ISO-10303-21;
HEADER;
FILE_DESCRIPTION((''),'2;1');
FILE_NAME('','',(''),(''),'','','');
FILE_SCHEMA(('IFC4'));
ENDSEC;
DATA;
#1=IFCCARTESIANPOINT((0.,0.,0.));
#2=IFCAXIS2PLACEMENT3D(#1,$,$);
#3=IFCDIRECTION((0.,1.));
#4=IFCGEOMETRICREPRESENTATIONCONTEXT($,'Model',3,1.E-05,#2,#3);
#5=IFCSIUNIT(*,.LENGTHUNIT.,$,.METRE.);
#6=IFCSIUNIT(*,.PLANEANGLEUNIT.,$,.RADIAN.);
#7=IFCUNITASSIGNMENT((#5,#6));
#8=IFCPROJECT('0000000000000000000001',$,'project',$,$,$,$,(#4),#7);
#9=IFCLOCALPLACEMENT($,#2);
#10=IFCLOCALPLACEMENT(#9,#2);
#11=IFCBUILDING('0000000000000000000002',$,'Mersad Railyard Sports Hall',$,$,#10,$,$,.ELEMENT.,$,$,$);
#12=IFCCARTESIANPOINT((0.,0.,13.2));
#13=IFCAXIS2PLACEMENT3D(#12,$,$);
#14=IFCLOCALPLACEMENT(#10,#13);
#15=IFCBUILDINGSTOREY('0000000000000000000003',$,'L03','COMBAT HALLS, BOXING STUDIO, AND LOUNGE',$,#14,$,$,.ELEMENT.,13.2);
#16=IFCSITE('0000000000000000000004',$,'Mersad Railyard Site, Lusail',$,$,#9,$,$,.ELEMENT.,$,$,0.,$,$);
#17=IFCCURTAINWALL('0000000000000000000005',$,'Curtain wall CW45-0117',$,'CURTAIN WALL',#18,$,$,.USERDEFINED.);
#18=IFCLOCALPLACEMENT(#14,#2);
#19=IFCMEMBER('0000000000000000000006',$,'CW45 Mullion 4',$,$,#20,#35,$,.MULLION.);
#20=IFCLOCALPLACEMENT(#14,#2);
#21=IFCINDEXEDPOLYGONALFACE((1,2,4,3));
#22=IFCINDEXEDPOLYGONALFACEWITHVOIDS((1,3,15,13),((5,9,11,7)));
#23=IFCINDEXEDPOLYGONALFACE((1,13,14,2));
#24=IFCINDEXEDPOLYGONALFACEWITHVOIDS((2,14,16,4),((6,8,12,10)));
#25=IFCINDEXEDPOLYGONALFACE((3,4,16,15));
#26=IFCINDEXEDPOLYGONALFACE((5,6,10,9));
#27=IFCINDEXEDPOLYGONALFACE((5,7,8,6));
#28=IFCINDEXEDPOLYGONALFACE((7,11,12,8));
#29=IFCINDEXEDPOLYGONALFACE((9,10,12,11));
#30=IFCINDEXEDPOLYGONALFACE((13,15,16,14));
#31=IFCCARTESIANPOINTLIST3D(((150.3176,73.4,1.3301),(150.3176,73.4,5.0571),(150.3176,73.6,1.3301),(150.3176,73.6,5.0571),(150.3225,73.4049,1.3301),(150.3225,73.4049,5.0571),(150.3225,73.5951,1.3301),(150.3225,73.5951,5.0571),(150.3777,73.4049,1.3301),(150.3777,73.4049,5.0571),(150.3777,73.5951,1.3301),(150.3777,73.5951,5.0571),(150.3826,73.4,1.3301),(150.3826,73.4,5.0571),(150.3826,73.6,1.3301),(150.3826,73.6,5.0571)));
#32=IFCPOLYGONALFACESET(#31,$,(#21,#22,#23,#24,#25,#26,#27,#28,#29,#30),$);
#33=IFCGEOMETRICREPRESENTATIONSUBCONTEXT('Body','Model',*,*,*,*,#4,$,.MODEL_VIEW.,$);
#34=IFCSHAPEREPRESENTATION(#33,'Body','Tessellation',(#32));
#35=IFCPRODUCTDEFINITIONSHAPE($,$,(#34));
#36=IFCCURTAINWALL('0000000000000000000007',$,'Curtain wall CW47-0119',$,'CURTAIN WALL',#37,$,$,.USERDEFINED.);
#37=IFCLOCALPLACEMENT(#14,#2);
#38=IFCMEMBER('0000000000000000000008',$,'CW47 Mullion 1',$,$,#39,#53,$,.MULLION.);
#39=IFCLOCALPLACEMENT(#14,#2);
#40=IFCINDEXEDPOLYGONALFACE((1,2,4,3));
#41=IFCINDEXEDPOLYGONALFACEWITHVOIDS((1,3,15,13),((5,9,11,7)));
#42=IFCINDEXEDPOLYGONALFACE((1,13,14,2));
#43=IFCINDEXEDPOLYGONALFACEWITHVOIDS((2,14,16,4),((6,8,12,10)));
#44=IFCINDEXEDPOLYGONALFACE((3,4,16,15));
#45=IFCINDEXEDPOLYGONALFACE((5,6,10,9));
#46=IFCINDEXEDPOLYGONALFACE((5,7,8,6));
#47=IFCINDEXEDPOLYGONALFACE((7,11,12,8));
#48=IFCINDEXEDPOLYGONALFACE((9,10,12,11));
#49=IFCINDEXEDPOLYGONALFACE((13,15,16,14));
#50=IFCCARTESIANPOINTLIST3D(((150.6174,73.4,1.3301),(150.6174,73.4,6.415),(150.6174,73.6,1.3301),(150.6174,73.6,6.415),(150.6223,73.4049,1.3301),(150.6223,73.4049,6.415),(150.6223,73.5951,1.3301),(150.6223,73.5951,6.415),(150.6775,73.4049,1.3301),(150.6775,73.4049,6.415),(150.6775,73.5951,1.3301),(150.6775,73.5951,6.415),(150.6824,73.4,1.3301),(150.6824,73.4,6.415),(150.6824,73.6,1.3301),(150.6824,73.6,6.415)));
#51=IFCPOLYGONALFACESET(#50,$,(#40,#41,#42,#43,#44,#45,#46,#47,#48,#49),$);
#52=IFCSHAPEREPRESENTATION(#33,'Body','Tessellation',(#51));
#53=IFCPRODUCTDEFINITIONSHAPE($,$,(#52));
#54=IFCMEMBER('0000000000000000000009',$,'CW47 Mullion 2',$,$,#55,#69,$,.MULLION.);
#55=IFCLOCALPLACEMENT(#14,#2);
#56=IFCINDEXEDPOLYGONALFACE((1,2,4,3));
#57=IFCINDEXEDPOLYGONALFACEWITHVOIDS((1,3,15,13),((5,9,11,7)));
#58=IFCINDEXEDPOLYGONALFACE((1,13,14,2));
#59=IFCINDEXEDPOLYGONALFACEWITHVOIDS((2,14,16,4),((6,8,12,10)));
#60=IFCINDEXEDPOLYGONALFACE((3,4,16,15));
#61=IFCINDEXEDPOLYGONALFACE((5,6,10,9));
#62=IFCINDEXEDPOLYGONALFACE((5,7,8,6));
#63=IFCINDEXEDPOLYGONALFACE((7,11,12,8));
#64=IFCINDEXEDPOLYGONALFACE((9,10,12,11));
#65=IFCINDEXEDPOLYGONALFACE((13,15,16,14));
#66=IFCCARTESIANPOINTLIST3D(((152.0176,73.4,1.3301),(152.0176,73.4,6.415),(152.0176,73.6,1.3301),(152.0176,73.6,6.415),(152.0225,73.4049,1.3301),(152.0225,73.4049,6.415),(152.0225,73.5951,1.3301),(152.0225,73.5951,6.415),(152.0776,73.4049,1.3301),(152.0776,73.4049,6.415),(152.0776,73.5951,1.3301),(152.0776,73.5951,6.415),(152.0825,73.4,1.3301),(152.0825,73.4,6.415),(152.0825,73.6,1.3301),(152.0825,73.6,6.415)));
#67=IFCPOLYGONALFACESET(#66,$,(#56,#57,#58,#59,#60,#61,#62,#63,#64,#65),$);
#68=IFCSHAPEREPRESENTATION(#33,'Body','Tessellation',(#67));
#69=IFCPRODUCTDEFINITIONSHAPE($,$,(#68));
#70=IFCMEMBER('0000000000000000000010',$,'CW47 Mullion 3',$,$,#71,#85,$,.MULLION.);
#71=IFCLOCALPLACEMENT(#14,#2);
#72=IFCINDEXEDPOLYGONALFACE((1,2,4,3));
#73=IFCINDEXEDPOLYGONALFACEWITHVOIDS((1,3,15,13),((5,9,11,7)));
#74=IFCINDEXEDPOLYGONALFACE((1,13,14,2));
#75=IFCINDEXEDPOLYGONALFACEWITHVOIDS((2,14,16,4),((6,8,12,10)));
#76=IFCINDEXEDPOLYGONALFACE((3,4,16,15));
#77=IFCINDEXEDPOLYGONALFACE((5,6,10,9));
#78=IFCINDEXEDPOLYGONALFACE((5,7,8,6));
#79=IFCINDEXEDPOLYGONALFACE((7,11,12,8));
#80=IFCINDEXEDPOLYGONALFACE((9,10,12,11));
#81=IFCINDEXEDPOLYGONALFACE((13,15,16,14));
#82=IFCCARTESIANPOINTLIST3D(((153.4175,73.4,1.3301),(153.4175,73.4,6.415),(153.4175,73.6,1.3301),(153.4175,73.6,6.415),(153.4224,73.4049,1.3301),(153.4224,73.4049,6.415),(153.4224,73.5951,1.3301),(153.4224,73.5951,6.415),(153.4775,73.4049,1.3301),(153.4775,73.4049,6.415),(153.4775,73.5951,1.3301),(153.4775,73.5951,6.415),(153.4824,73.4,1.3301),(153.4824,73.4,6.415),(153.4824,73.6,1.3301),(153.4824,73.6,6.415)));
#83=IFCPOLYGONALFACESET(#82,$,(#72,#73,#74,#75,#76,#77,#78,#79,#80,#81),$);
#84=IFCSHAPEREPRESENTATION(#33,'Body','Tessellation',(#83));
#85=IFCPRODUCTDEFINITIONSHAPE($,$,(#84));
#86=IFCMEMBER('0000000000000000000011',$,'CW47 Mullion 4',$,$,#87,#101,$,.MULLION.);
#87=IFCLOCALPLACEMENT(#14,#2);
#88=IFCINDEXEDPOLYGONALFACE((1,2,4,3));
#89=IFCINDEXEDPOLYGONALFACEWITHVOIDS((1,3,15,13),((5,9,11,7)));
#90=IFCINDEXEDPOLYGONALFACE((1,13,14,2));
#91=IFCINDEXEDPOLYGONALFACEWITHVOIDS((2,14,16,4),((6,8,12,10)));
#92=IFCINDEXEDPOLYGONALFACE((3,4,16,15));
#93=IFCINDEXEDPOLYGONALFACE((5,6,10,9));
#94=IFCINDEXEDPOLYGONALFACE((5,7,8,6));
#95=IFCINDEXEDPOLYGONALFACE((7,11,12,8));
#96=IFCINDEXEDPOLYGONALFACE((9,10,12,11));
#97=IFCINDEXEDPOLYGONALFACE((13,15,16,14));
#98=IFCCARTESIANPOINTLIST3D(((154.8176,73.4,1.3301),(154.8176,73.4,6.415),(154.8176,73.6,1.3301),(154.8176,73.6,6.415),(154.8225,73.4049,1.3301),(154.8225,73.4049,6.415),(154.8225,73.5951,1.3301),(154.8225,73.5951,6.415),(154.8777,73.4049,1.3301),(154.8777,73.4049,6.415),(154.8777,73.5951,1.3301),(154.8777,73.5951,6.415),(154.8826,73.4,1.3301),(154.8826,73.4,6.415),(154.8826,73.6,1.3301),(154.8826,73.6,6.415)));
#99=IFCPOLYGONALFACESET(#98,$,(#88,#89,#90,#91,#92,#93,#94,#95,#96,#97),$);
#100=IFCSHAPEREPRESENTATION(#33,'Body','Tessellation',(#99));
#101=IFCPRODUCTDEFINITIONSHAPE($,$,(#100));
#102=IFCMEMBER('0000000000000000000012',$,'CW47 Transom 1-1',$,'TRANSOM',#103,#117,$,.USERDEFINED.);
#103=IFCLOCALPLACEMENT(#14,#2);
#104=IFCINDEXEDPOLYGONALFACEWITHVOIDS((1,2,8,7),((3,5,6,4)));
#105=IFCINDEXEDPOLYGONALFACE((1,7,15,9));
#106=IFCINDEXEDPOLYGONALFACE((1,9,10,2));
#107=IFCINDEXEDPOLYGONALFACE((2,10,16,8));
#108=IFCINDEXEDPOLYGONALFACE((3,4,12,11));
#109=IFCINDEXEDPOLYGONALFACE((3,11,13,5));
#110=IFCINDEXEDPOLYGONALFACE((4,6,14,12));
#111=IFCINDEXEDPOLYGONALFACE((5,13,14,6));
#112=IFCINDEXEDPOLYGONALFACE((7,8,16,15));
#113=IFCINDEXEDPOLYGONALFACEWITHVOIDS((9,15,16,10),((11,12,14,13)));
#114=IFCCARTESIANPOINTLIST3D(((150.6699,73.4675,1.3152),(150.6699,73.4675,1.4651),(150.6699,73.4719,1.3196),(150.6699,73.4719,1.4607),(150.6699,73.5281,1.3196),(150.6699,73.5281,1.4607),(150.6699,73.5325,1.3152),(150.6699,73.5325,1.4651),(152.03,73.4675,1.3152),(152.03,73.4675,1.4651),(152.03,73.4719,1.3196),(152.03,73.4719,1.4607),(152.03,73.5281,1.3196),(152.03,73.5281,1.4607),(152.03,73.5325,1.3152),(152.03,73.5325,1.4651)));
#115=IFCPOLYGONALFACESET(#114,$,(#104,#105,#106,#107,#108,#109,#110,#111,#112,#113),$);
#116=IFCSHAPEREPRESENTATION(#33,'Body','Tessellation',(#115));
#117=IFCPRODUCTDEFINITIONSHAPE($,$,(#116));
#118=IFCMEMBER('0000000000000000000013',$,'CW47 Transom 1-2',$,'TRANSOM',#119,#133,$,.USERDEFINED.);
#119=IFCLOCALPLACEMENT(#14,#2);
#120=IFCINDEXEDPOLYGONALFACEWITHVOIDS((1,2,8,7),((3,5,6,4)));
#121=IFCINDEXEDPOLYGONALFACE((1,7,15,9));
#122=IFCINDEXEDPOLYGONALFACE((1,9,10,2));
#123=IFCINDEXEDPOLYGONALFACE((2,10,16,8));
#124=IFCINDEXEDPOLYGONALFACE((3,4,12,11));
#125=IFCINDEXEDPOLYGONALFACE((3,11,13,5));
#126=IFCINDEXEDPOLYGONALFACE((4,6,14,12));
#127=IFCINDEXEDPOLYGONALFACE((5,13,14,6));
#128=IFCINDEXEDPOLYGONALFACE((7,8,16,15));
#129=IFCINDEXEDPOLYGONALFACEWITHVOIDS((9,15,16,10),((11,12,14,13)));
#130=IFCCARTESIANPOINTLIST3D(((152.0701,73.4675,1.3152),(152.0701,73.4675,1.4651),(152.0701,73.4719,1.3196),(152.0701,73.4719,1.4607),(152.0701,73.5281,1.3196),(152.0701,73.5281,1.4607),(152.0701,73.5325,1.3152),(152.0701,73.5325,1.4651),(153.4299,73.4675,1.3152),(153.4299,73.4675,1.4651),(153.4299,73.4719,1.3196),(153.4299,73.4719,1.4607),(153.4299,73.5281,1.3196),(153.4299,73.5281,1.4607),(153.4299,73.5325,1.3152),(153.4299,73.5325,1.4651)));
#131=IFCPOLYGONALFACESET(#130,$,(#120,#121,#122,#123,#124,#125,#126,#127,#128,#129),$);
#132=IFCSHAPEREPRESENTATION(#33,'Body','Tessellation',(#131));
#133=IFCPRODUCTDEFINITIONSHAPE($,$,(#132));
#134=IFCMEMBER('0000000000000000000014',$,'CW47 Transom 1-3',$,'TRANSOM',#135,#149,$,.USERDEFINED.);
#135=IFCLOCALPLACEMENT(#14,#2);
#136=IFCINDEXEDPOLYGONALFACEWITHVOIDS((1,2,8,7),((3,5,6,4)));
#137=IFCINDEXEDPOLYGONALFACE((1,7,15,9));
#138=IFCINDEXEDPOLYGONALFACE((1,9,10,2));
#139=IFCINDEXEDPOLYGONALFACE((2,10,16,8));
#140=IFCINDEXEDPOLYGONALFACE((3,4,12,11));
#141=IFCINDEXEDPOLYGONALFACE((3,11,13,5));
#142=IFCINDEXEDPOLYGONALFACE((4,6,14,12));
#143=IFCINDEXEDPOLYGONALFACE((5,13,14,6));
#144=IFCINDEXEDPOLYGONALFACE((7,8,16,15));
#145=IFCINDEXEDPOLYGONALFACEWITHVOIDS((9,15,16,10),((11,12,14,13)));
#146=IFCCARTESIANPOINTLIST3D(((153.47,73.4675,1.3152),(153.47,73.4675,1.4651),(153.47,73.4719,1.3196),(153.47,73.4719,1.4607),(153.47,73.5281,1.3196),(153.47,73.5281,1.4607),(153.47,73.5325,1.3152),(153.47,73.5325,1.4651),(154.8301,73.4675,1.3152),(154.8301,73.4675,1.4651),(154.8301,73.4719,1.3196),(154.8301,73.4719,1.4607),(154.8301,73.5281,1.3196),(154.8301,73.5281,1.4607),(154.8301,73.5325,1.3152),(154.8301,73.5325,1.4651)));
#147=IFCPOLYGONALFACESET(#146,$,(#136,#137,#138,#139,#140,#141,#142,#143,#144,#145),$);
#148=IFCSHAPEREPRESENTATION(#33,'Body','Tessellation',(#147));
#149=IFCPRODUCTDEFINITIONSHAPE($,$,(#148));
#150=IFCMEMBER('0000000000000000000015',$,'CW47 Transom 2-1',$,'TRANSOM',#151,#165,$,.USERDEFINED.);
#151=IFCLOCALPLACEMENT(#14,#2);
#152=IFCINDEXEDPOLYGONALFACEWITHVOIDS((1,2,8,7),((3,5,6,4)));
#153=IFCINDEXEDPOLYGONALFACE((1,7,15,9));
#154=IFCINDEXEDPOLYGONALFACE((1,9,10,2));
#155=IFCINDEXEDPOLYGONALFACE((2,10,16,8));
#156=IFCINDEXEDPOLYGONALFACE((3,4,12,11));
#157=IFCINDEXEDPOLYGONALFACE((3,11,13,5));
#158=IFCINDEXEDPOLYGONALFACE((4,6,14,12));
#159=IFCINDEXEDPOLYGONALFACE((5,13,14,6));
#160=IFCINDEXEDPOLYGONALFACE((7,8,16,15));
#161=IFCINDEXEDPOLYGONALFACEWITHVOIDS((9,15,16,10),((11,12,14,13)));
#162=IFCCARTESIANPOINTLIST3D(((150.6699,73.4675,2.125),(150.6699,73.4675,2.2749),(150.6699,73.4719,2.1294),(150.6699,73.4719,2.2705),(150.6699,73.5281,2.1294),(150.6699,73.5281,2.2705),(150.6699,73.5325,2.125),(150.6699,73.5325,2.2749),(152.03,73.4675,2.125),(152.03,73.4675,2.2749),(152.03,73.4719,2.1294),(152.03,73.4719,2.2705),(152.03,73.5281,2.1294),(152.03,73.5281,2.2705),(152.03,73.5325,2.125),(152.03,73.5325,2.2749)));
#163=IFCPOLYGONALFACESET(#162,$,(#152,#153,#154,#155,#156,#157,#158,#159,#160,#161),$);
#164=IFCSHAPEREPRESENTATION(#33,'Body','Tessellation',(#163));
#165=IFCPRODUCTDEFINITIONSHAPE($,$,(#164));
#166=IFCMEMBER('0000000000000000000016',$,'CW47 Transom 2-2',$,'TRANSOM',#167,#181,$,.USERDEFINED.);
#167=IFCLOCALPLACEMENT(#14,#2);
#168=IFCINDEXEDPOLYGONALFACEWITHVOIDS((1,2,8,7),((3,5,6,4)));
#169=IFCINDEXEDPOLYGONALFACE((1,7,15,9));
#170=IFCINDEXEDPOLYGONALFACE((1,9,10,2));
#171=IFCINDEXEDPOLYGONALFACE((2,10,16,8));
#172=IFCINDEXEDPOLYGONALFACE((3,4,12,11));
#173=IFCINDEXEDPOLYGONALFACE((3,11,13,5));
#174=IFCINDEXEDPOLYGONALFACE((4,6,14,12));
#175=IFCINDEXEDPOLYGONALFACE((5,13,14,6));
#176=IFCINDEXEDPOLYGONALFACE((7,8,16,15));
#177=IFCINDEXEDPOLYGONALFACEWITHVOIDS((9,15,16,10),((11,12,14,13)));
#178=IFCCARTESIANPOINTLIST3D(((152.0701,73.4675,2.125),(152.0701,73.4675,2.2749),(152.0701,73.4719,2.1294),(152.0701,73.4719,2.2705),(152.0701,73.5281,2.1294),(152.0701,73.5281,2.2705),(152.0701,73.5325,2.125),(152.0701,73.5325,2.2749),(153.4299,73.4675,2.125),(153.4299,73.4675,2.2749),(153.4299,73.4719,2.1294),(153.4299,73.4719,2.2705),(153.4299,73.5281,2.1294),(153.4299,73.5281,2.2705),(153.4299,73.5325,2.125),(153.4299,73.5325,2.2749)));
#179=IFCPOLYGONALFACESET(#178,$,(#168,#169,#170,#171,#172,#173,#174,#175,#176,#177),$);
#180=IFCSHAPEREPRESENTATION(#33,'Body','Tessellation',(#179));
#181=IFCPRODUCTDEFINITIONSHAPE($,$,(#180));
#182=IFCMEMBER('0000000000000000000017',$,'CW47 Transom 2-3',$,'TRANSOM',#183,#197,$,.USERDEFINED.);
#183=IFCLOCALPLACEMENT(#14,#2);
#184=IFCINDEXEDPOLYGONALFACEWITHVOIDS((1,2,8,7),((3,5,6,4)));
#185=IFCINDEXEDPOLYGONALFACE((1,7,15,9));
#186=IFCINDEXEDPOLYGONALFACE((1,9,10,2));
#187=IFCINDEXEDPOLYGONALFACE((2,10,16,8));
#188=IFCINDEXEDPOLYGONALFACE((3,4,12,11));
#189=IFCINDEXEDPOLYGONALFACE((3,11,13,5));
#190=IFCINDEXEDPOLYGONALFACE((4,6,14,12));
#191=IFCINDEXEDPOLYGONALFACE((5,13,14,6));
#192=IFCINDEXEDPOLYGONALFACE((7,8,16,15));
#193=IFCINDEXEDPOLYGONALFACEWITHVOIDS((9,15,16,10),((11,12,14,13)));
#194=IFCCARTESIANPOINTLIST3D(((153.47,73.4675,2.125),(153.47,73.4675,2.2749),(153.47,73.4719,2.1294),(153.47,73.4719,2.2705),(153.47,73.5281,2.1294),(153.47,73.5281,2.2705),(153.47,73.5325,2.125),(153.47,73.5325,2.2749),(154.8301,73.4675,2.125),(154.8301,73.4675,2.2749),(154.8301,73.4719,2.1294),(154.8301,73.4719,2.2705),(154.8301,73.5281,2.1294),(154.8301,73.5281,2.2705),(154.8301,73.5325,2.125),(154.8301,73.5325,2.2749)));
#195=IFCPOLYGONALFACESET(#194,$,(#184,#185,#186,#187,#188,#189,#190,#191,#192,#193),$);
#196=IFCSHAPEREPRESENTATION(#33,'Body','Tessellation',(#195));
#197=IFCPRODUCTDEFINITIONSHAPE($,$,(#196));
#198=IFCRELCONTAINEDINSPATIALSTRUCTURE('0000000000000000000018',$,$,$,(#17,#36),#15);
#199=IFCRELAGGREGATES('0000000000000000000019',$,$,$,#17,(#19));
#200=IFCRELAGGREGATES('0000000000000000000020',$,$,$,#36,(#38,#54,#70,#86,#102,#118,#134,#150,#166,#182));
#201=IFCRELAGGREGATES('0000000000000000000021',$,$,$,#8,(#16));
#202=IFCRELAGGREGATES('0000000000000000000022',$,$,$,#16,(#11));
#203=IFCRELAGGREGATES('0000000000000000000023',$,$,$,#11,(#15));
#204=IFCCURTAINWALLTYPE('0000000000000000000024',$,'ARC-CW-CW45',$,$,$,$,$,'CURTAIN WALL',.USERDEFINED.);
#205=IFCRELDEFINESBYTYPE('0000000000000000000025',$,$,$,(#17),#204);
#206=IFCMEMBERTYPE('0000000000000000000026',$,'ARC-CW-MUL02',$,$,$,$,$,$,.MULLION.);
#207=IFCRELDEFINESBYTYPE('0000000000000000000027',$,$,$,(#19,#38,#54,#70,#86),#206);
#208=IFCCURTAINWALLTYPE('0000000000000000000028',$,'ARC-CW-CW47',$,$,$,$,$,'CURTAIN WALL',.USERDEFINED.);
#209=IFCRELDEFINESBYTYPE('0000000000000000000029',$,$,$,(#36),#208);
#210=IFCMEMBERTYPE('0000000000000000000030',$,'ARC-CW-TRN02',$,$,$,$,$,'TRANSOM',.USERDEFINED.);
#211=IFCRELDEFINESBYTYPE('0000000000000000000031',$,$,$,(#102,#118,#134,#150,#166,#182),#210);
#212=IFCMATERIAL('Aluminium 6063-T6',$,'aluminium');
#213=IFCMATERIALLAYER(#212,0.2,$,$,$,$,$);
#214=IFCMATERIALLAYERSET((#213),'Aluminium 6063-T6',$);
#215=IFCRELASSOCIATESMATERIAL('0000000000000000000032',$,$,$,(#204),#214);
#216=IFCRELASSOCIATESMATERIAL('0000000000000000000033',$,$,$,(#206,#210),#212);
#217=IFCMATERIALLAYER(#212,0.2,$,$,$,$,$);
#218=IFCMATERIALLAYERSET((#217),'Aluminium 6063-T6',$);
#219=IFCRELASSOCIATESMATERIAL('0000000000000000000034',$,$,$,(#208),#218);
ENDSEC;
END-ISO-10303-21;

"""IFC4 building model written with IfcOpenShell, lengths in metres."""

from ifc_helpers import new_model, si_unit, direction, frame, origin, origin_2d, place, context, subcontext, project, spatial, hollow_rectangle, extrude, material, layer, layer_set, material_profile, profile_set, type_object, element, aggregate, save


model = new_model("IFC4")

# Units and contexts
model_context = context("Model", 3, precision=1e-05, world=origin(), true_north=direction((0.0, 1.0)))
body_context = subcontext(model_context, "Body", "Model", "MODEL_VIEW")
ifc_project = project(units=[si_unit("LENGTHUNIT", "METRE"), si_unit("PLANEANGLEUNIT", "RADIAN")], contexts=[model_context])

# Site, building, storey
site_placement = place(None, origin())
site = spatial("IfcSite", under=ifc_project, at=site_placement, Name="Mersad Railyard Site, Lusail", CompositionType="ELEMENT", RefElevation=0.0)
building_placement = place(site_placement, origin())
building = spatial("IfcBuilding", under=site, at=building_placement, Name="Mersad Railyard Sports Hall", CompositionType="ELEMENT")
storey_placement = place(building_placement, frame((0.0, 0.0, 13.2)))
storey = spatial("IfcBuildingStorey", under=building, at=storey_placement, Name="L03", Description="COMBAT HALLS, BOXING STUDIO, AND LOUNGE", CompositionType="ELEMENT", Elevation=13.2)

# Curtain wall, member
ifc_material_1 = material(Name="Aluminium 6063-T6", Category="aluminium")
ifc_layer_1 = layer(ifc_material_1, 0.2)
ifc_layer_set_1 = layer_set([ifc_layer_1], Name="Aluminium 6063-T6")
curtain_wall_type_1 = type_object("IfcCurtainWallType", Name="ARC-CW-CW45", ElementType="CURTAIN WALL", PredefinedType="USERDEFINED", material=ifc_layer_set_1)
curtain_wall_1_placement = place(storey_placement, origin())
curtain_wall_1 = element("IfcCurtainWall", 1, at=curtain_wall_1_placement, inside=storey, type_object=curtain_wall_type_1, Name="Curtain wall CW45-0117", ObjectType="CURTAIN WALL", PredefinedType="USERDEFINED")
ifc_material_profile_1 = material_profile(ifc_material_1, hollow_rectangle(XDim=0.0649, YDim=0.2, WallThickness=0.0049, at=origin_2d()), Name="AL MULLION 65x200x5")
ifc_profile_set_1 = profile_set([ifc_material_profile_1], Name="Aluminium 6063-T6")
member_type_1 = type_object("IfcMemberType", Name="ARC-CW-MUL02", PredefinedType="MULLION", material=ifc_profile_set_1)
member_1_placement = place(storey_placement, frame((150.3501, 73.5, 1.3301), z_axis=(0.0, 0.0, 1.0), x_axis=(1.0, 0.0, 0.0)))
member_1 = element("IfcMember", 2, at=member_1_placement, type_object=member_type_1, Name="CW45 Mullion 4", PredefinedType="MULLION", context=body_context, shape_type="SweptSolid", body=[
    extrude(hollow_rectangle(XDim=0.0649, YDim=0.2, WallThickness=0.0049, at=origin_2d()), origin(), (0.0, 0.0, 1.0), 3.7271),
])

# Curtain wall, members
ifc_layer_2 = layer(ifc_material_1, 0.2)
ifc_layer_set_2 = layer_set([ifc_layer_2], Name="Aluminium 6063-T6")
curtain_wall_type_2 = type_object("IfcCurtainWallType", Name="ARC-CW-CW47", ElementType="CURTAIN WALL", PredefinedType="USERDEFINED", material=ifc_layer_set_2)
curtain_wall_2_placement = place(storey_placement, origin())
curtain_wall_2 = element("IfcCurtainWall", 3, at=curtain_wall_2_placement, inside=storey, type_object=curtain_wall_type_2, Name="Curtain wall CW47-0119", ObjectType="CURTAIN WALL", PredefinedType="USERDEFINED")
member_2_placement = place(storey_placement, frame((150.6499, 73.5, 1.3301), z_axis=(0.0, 0.0, 1.0), x_axis=(1.0, 0.0, 0.0)))
member_2 = element("IfcMember", 4, at=member_2_placement, type_object=member_type_1, Name="CW47 Mullion 1", PredefinedType="MULLION", context=body_context, shape_type="SweptSolid", body=[
    extrude(hollow_rectangle(XDim=0.0649, YDim=0.2, WallThickness=0.0049, at=origin_2d()), origin(), (0.0, 0.0, 1.0), 5.085),
])
member_3_placement = place(storey_placement, frame((152.05, 73.5, 1.3301), z_axis=(0.0, 0.0, 1.0), x_axis=(1.0, 0.0, 0.0)))
member_3 = element("IfcMember", 5, at=member_3_placement, type_object=member_type_1, Name="CW47 Mullion 2", PredefinedType="MULLION", context=body_context, shape_type="SweptSolid", body=[
    extrude(hollow_rectangle(XDim=0.0649, YDim=0.2, WallThickness=0.0049, at=origin_2d()), origin(), (0.0, 0.0, 1.0), 5.085),
])
member_4_placement = place(storey_placement, frame((153.45, 73.5, 1.3301), z_axis=(0.0, 0.0, 1.0), x_axis=(1.0, 0.0, 0.0)))
member_4 = element("IfcMember", 6, at=member_4_placement, type_object=member_type_1, Name="CW47 Mullion 3", PredefinedType="MULLION", context=body_context, shape_type="SweptSolid", body=[
    extrude(hollow_rectangle(XDim=0.0649, YDim=0.2, WallThickness=0.0049, at=origin_2d()), origin(), (0.0, 0.0, 1.0), 5.085),
])
member_5_placement = place(storey_placement, frame((154.8501, 73.5, 1.3301), z_axis=(0.0, 0.0, 1.0), x_axis=(1.0, 0.0, 0.0)))
member_5 = element("IfcMember", 7, at=member_5_placement, type_object=member_type_1, Name="CW47 Mullion 4", PredefinedType="MULLION", context=body_context, shape_type="SweptSolid", body=[
    extrude(hollow_rectangle(XDim=0.0649, YDim=0.2, WallThickness=0.0049, at=origin_2d()), origin(), (0.0, 0.0, 1.0), 5.085),
])
ifc_material_profile_2 = material_profile(ifc_material_1, hollow_rectangle(XDim=0.0649, YDim=0.1499, WallThickness=0.0044, at=origin_2d()), Name="AL TRANSOM 65x150x4.5")
ifc_profile_set_2 = profile_set([ifc_material_profile_2], Name="Aluminium 6063-T6")
member_type_2 = type_object("IfcMemberType", Name="ARC-CW-TRN02", ElementType="TRANSOM", PredefinedType="USERDEFINED", material=ifc_profile_set_2)
member_6_placement = place(storey_placement, frame((150.6699, 73.5, 1.3901), z_axis=(1.0, 0.0, 0.0), x_axis=(0.0, 1.0, 0.0)))
member_6 = element("IfcMember", 8, at=member_6_placement, type_object=member_type_2, Name="CW47 Transom 1-1", ObjectType="TRANSOM", PredefinedType="USERDEFINED", context=body_context, shape_type="SweptSolid", body=[
    extrude(hollow_rectangle(XDim=0.0649, YDim=0.1499, WallThickness=0.0044, at=origin_2d()), origin(), (0.0, 0.0, 1.0), 1.3601),
])
member_7_placement = place(storey_placement, frame((152.0701, 73.5, 1.3901), z_axis=(1.0, 0.0, 0.0), x_axis=(0.0, 1.0, 0.0)))
member_7 = element("IfcMember", 9, at=member_7_placement, type_object=member_type_2, Name="CW47 Transom 1-2", ObjectType="TRANSOM", PredefinedType="USERDEFINED", context=body_context, shape_type="SweptSolid", body=[
    extrude(hollow_rectangle(XDim=0.0649, YDim=0.1499, WallThickness=0.0044, at=origin_2d()), origin(), (0.0, 0.0, 1.0), 1.3599),
])
member_8_placement = place(storey_placement, frame((153.47, 73.5, 1.3901), z_axis=(1.0, 0.0, 0.0), x_axis=(0.0, 1.0, 0.0)))
member_8 = element("IfcMember", 10, at=member_8_placement, type_object=member_type_2, Name="CW47 Transom 1-3", ObjectType="TRANSOM", PredefinedType="USERDEFINED", context=body_context, shape_type="SweptSolid", body=[
    extrude(hollow_rectangle(XDim=0.0649, YDim=0.1499, WallThickness=0.0044, at=origin_2d()), origin(), (0.0, 0.0, 1.0), 1.3601),
])
member_9_placement = place(storey_placement, frame((150.6699, 73.5, 2.2), z_axis=(1.0, 0.0, 0.0), x_axis=(0.0, 1.0, 0.0)))
member_9 = element("IfcMember", 11, at=member_9_placement, type_object=member_type_2, Name="CW47 Transom 2-1", ObjectType="TRANSOM", PredefinedType="USERDEFINED", context=body_context, shape_type="SweptSolid", body=[
    extrude(hollow_rectangle(XDim=0.0649, YDim=0.1499, WallThickness=0.0044, at=origin_2d()), origin(), (0.0, 0.0, 1.0), 1.3601),
])
member_10_placement = place(storey_placement, frame((152.0701, 73.5, 2.2), z_axis=(1.0, 0.0, 0.0), x_axis=(0.0, 1.0, 0.0)))
member_10 = element("IfcMember", 12, at=member_10_placement, type_object=member_type_2, Name="CW47 Transom 2-2", ObjectType="TRANSOM", PredefinedType="USERDEFINED", context=body_context, shape_type="SweptSolid", body=[
    extrude(hollow_rectangle(XDim=0.0649, YDim=0.1499, WallThickness=0.0044, at=origin_2d()), origin(), (0.0, 0.0, 1.0), 1.3599),
])
member_11_placement = place(storey_placement, frame((153.47, 73.5, 2.2), z_axis=(1.0, 0.0, 0.0), x_axis=(0.0, 1.0, 0.0)))
member_11 = element("IfcMember", 13, at=member_11_placement, type_object=member_type_2, Name="CW47 Transom 2-3", ObjectType="TRANSOM", PredefinedType="USERDEFINED", context=body_context, shape_type="SweptSolid", body=[
    extrude(hollow_rectangle(XDim=0.0649, YDim=0.1499, WallThickness=0.0044, at=origin_2d()), origin(), (0.0, 0.0, 1.0), 1.3601),
])

aggregate(curtain_wall_1, [member_1])
aggregate(curtain_wall_2, [member_2, member_3, member_4, member_5, member_6, member_7, member_8, member_9, member_10, member_11])

save(model, "model.ifc")
